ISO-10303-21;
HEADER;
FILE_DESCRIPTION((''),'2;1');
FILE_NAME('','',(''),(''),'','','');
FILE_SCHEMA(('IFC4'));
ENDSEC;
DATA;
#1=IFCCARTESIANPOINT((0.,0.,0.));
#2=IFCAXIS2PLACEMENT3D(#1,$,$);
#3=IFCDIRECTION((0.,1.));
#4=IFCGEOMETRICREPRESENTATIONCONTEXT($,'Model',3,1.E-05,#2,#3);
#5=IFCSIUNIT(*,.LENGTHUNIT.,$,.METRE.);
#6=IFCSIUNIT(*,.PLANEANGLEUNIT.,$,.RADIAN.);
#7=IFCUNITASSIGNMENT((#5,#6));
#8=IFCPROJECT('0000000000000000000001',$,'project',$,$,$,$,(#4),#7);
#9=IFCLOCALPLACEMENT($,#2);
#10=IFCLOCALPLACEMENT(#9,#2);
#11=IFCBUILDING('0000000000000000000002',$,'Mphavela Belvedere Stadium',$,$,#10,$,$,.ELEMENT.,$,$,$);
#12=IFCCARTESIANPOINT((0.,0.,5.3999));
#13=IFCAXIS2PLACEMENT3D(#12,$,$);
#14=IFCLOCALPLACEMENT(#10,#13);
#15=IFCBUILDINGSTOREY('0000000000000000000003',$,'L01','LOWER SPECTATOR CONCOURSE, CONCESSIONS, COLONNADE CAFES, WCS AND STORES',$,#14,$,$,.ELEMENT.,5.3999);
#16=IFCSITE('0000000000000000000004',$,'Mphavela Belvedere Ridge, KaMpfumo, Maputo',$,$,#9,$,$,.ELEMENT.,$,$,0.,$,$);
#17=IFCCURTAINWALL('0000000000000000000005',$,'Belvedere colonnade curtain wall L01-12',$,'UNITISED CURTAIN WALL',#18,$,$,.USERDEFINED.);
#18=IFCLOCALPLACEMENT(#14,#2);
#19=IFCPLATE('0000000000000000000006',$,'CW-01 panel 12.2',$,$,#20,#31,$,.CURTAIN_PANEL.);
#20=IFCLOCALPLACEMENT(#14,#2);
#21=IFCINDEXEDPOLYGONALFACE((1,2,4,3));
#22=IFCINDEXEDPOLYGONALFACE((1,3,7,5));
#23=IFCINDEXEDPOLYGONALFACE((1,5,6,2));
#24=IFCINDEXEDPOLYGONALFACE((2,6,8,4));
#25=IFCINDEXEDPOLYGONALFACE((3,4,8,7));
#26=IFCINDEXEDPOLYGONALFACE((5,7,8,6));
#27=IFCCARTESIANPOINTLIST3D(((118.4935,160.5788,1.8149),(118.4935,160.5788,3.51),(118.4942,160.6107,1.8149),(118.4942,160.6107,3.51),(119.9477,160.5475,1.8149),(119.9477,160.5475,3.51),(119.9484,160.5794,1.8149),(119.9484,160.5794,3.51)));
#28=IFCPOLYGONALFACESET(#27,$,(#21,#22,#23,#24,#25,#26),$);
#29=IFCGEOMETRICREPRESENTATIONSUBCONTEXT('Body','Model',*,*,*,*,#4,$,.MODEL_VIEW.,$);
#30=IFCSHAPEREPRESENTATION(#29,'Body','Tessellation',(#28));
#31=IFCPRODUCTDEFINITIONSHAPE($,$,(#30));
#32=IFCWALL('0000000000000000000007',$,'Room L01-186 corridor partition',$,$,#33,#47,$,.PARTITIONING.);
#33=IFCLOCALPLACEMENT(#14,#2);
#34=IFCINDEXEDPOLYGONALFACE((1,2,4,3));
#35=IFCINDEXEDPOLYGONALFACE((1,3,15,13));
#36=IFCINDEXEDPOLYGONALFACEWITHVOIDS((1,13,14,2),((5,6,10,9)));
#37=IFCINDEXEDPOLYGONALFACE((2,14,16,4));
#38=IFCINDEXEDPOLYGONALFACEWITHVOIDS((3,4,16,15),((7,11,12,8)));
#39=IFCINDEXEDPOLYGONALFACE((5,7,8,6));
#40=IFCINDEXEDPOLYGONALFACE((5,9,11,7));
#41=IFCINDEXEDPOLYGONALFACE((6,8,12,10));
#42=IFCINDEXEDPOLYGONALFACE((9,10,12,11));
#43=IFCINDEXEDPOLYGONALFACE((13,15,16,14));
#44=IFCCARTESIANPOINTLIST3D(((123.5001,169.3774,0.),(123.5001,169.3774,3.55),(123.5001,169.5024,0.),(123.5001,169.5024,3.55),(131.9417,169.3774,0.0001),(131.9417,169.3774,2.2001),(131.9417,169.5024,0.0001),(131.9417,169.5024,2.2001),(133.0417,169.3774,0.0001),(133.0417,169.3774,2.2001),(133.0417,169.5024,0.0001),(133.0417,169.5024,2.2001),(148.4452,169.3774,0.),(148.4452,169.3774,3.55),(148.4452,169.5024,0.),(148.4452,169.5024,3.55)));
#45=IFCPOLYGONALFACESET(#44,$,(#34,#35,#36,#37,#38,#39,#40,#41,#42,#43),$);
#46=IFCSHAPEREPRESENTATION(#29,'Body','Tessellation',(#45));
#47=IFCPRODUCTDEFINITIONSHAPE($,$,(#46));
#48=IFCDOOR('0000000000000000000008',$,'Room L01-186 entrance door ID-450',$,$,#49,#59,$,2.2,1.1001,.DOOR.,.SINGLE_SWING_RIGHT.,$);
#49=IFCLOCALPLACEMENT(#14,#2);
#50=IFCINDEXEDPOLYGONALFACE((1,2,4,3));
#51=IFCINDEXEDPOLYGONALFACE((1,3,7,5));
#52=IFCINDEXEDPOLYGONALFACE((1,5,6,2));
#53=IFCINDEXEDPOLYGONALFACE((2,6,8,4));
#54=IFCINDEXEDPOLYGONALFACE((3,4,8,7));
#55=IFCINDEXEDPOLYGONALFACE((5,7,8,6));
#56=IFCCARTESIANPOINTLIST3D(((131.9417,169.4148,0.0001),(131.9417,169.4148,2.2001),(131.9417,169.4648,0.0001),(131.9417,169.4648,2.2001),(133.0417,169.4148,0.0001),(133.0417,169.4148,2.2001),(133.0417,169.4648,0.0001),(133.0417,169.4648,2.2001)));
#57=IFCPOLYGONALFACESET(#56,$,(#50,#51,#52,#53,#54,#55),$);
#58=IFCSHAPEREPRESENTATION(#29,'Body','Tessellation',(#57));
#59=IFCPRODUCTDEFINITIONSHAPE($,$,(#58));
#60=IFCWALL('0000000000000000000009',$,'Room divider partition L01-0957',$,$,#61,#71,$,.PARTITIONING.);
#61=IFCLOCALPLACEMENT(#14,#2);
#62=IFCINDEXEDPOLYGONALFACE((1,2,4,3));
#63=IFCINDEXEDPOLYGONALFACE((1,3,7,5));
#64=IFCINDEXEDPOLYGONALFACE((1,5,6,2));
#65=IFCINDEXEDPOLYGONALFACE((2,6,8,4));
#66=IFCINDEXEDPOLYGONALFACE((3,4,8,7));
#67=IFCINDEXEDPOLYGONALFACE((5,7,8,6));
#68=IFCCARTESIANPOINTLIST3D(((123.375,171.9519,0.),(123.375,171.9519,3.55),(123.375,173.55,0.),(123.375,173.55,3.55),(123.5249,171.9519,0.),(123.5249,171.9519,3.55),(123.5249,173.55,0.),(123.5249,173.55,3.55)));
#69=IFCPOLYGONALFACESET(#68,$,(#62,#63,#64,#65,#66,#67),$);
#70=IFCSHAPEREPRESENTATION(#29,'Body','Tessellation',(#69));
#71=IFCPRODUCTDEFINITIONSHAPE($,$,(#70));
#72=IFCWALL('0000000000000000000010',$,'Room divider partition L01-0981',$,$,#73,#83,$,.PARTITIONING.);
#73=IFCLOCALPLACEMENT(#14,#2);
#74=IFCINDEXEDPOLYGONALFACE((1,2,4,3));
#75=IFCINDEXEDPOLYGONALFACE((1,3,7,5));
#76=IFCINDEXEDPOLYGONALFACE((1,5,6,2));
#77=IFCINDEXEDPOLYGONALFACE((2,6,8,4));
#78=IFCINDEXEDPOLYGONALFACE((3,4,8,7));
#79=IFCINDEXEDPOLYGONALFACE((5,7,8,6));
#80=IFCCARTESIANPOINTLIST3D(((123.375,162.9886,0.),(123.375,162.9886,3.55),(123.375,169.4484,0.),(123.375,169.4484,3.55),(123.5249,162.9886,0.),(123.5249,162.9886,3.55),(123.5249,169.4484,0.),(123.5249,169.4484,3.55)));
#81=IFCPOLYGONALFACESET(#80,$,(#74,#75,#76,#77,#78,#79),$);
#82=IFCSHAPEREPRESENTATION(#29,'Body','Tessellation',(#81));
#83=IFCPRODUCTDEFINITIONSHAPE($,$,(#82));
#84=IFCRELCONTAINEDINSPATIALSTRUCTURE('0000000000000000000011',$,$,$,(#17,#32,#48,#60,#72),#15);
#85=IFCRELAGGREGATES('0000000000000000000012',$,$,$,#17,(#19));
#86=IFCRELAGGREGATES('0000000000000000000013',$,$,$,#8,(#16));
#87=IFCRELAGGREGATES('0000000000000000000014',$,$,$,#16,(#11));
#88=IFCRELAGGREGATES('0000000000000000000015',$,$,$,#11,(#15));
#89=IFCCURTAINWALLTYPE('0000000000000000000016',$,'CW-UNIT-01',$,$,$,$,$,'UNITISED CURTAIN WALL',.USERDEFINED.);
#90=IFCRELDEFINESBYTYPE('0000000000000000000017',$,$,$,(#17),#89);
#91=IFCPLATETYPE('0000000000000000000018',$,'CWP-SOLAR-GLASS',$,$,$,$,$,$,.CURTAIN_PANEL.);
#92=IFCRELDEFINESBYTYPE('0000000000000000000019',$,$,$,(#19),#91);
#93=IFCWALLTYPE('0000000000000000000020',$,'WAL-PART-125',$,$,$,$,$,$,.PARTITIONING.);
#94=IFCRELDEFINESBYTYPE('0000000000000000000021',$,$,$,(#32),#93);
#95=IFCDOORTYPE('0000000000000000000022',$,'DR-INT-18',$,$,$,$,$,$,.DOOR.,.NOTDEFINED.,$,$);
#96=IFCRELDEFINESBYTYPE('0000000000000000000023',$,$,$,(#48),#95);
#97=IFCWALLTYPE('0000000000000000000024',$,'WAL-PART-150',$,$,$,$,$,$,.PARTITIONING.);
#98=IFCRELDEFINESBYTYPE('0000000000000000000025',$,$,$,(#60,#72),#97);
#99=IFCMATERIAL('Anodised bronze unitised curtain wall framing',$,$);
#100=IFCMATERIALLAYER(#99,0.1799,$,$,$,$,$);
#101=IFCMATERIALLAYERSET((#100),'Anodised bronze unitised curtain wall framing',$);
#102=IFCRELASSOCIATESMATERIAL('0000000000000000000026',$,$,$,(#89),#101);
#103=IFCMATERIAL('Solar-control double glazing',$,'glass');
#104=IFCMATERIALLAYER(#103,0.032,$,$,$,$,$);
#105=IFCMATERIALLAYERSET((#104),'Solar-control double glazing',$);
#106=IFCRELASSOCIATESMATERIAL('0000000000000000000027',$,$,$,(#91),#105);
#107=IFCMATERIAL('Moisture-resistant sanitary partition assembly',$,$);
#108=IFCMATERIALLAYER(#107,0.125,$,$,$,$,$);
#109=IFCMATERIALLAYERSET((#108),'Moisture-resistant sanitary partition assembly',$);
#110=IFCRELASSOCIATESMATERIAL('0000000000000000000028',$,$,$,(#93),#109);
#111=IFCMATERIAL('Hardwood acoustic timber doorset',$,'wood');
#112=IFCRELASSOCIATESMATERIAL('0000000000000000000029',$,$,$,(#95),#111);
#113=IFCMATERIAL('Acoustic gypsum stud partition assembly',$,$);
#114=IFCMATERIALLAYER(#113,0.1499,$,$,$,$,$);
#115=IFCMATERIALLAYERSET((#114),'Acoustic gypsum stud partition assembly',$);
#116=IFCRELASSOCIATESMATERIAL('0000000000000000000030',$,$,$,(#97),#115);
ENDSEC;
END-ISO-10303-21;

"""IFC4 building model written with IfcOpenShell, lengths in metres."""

from ifc_helpers import new_model, si_unit, direction, frame, frame_2d, origin, origin_2d, place, context, subcontext, project, spatial, rectangle, extrude, material, layer, layer_set, type_object, element, fill, aggregate, save


model = new_model("IFC4")

# Units and contexts
model_context = context("Model", 3, precision=1e-05, world=origin(), true_north=direction((0.0, 1.0)))
body_context = subcontext(model_context, "Body", "Model", "MODEL_VIEW")
ifc_project = project(units=[si_unit("LENGTHUNIT", "METRE"), si_unit("PLANEANGLEUNIT", "RADIAN")], contexts=[model_context])

# Site, building, storey
site_placement = place(None, origin())
site = spatial("IfcSite", under=ifc_project, at=site_placement, Name="Mphavela Belvedere Ridge, KaMpfumo, Maputo", CompositionType="ELEMENT", RefElevation=0.0)
building_placement = place(site_placement, origin())
building = spatial("IfcBuilding", under=site, at=building_placement, Name="Mphavela Belvedere Stadium", CompositionType="ELEMENT")
storey_placement = place(building_placement, frame((0.0, 0.0, 5.3999)))
storey = spatial("IfcBuildingStorey", under=building, at=storey_placement, Name="L01", Description="LOWER SPECTATOR CONCOURSE, CONCESSIONS, COLONNADE CAFES, WCS AND STORES", CompositionType="ELEMENT", Elevation=5.3999)

# Curtain wall, plate
ifc_material_1 = material(Name="Anodised bronze unitised curtain wall framing")
ifc_layer_1 = layer(ifc_material_1, 0.1799)
ifc_layer_set_1 = layer_set([ifc_layer_1], Name="Anodised bronze unitised curtain wall framing")
curtain_wall_type = type_object("IfcCurtainWallType", Name="CW-UNIT-01", ElementType="UNITISED CURTAIN WALL", PredefinedType="USERDEFINED", material=ifc_layer_set_1)
curtain_wall_placement = place(storey_placement, origin())
curtain_wall = element("IfcCurtainWall", 1, at=curtain_wall_placement, inside=storey, type_object=curtain_wall_type, Name="Belvedere colonnade curtain wall L01-12", ObjectType="UNITISED CURTAIN WALL", PredefinedType="USERDEFINED")
ifc_material_2 = material(Name="Solar-control double glazing", Category="glass")
ifc_layer_2 = layer(ifc_material_2, 0.032)
ifc_layer_set_2 = layer_set([ifc_layer_2], Name="Solar-control double glazing")
plate_type = type_object("IfcPlateType", Name="CWP-SOLAR-GLASS", PredefinedType="CURTAIN_PANEL", material=ifc_layer_set_2)
plate_1_placement = place(storey_placement, frame((119.2209, 160.5791, 1.8149), z_axis=(0.0, 0.0, 1.0), x_axis=(-0.999768, 0.021529, 0.0)))
plate_1 = element("IfcPlate", 2, at=plate_1_placement, type_object=plate_type, Name="CW-01 panel 12.2", PredefinedType="CURTAIN_PANEL", context=body_context, shape_type="SweptSolid", body=[
    extrude(rectangle(XDim=1.4546, YDim=0.032, at=origin_2d()), origin(), (0.0, 0.0, 1.0), 1.6951),
])
aggregate(curtain_wall, [plate_1])

# Wall, opening, door
ifc_material_3 = material(Name="Moisture-resistant sanitary partition assembly")
ifc_layer_3 = layer(ifc_material_3, 0.125)
ifc_layer_set_3 = layer_set([ifc_layer_3], Name="Moisture-resistant sanitary partition assembly")
wall_type_1 = type_object("IfcWallType", Name="WAL-PART-125", PredefinedType="PARTITIONING", material=ifc_layer_set_3)
wall_1_placement = place(storey_placement, frame((123.5, 169.4399, 0.0), z_axis=(0.0, 0.0, 1.0), x_axis=(1.0, 0.0, 0.0)))
wall_1 = element("IfcWall", 3, at=wall_1_placement, inside=storey, type_object=wall_type_1, Name="Room L01-186 corridor partition", PredefinedType="PARTITIONING", context=body_context, shape_type="SweptSolid", body=[
    extrude(rectangle(XDim=24.9451, YDim=0.125, at=frame_2d((12.4727, 0.0))), origin(), (0.0, 0.0, 1.0), 3.55),
])
opening_placement = place(wall_1_placement, frame((8.4417, 0.0, 0.0)))
opening = element("IfcOpeningElement", 4, at=opening_placement, cuts=wall_1, PredefinedType="OPENING", context=body_context, shape_type="SweptSolid", body=[
    extrude(rectangle(XDim=1.1001, YDim=2.2, at=frame_2d((0.55, 1.1001))), frame((0.0, 0.0725, 0.0), z_axis=(0.0, -1.0, 0.0), x_axis=(1.0, 0.0, 0.0)), (0.0, 0.0, 1.0), 0.145),
])
ifc_material_4 = material(Name="Hardwood acoustic timber doorset", Category="wood")
door_type = type_object("IfcDoorType", Name="DR-INT-18", OperationType="NOTDEFINED", PredefinedType="DOOR", material=ifc_material_4)
door_placement = place(opening_placement, origin())
door = element("IfcDoor", 5, at=door_placement, inside=storey, type_object=door_type, Name="Room L01-186 entrance door ID-450", OperationType="SINGLE_SWING_RIGHT", OverallHeight=2.2, OverallWidth=1.1001, PredefinedType="DOOR", context=body_context, shape_type="SweptSolid", body=[
    extrude(rectangle(XDim=1.1001, YDim=2.2, at=frame_2d((0.55, 1.1001))), frame((0.0, 0.0249, 0.0), z_axis=(0.0, -1.0, 0.0), x_axis=(1.0, 0.0, 0.0)), (0.0, 0.0, 1.0), 0.05),
])
fill(opening, door)

# Walls
ifc_material_5 = material(Name="Acoustic gypsum stud partition assembly")
ifc_layer_4 = layer(ifc_material_5, 0.1499)
ifc_layer_set_4 = layer_set([ifc_layer_4], Name="Acoustic gypsum stud partition assembly")
wall_type_2 = type_object("IfcWallType", Name="WAL-PART-150", PredefinedType="PARTITIONING", material=ifc_layer_set_4)
wall_2_placement = place(storey_placement, frame((123.45, 171.9519, 0.0), z_axis=(0.0, 0.0, 1.0), x_axis=(0.0, 1.0, 0.0)))
element("IfcWall", 6, at=wall_2_placement, inside=storey, type_object=wall_type_2, Name="Room divider partition L01-0957", PredefinedType="PARTITIONING", context=body_context, shape_type="SweptSolid", body=[
    extrude(rectangle(XDim=1.5981, YDim=0.1499, at=frame_2d((0.7991, 0.0))), origin(), (0.0, 0.0, 1.0), 3.55),
])
wall_3_placement = place(storey_placement, frame((123.45, 162.9885, 0.0), z_axis=(0.0, 0.0, 1.0), x_axis=(0.0, 1.0, 0.0)))
element("IfcWall", 7, at=wall_3_placement, inside=storey, type_object=wall_type_2, Name="Room divider partition L01-0981", PredefinedType="PARTITIONING", context=body_context, shape_type="SweptSolid", body=[
    extrude(rectangle(XDim=6.4597, YDim=0.1499, at=frame_2d((3.23, 0.0))), origin(), (0.0, 0.0, 1.0), 3.55),
])

save(model, "model.ifc")
